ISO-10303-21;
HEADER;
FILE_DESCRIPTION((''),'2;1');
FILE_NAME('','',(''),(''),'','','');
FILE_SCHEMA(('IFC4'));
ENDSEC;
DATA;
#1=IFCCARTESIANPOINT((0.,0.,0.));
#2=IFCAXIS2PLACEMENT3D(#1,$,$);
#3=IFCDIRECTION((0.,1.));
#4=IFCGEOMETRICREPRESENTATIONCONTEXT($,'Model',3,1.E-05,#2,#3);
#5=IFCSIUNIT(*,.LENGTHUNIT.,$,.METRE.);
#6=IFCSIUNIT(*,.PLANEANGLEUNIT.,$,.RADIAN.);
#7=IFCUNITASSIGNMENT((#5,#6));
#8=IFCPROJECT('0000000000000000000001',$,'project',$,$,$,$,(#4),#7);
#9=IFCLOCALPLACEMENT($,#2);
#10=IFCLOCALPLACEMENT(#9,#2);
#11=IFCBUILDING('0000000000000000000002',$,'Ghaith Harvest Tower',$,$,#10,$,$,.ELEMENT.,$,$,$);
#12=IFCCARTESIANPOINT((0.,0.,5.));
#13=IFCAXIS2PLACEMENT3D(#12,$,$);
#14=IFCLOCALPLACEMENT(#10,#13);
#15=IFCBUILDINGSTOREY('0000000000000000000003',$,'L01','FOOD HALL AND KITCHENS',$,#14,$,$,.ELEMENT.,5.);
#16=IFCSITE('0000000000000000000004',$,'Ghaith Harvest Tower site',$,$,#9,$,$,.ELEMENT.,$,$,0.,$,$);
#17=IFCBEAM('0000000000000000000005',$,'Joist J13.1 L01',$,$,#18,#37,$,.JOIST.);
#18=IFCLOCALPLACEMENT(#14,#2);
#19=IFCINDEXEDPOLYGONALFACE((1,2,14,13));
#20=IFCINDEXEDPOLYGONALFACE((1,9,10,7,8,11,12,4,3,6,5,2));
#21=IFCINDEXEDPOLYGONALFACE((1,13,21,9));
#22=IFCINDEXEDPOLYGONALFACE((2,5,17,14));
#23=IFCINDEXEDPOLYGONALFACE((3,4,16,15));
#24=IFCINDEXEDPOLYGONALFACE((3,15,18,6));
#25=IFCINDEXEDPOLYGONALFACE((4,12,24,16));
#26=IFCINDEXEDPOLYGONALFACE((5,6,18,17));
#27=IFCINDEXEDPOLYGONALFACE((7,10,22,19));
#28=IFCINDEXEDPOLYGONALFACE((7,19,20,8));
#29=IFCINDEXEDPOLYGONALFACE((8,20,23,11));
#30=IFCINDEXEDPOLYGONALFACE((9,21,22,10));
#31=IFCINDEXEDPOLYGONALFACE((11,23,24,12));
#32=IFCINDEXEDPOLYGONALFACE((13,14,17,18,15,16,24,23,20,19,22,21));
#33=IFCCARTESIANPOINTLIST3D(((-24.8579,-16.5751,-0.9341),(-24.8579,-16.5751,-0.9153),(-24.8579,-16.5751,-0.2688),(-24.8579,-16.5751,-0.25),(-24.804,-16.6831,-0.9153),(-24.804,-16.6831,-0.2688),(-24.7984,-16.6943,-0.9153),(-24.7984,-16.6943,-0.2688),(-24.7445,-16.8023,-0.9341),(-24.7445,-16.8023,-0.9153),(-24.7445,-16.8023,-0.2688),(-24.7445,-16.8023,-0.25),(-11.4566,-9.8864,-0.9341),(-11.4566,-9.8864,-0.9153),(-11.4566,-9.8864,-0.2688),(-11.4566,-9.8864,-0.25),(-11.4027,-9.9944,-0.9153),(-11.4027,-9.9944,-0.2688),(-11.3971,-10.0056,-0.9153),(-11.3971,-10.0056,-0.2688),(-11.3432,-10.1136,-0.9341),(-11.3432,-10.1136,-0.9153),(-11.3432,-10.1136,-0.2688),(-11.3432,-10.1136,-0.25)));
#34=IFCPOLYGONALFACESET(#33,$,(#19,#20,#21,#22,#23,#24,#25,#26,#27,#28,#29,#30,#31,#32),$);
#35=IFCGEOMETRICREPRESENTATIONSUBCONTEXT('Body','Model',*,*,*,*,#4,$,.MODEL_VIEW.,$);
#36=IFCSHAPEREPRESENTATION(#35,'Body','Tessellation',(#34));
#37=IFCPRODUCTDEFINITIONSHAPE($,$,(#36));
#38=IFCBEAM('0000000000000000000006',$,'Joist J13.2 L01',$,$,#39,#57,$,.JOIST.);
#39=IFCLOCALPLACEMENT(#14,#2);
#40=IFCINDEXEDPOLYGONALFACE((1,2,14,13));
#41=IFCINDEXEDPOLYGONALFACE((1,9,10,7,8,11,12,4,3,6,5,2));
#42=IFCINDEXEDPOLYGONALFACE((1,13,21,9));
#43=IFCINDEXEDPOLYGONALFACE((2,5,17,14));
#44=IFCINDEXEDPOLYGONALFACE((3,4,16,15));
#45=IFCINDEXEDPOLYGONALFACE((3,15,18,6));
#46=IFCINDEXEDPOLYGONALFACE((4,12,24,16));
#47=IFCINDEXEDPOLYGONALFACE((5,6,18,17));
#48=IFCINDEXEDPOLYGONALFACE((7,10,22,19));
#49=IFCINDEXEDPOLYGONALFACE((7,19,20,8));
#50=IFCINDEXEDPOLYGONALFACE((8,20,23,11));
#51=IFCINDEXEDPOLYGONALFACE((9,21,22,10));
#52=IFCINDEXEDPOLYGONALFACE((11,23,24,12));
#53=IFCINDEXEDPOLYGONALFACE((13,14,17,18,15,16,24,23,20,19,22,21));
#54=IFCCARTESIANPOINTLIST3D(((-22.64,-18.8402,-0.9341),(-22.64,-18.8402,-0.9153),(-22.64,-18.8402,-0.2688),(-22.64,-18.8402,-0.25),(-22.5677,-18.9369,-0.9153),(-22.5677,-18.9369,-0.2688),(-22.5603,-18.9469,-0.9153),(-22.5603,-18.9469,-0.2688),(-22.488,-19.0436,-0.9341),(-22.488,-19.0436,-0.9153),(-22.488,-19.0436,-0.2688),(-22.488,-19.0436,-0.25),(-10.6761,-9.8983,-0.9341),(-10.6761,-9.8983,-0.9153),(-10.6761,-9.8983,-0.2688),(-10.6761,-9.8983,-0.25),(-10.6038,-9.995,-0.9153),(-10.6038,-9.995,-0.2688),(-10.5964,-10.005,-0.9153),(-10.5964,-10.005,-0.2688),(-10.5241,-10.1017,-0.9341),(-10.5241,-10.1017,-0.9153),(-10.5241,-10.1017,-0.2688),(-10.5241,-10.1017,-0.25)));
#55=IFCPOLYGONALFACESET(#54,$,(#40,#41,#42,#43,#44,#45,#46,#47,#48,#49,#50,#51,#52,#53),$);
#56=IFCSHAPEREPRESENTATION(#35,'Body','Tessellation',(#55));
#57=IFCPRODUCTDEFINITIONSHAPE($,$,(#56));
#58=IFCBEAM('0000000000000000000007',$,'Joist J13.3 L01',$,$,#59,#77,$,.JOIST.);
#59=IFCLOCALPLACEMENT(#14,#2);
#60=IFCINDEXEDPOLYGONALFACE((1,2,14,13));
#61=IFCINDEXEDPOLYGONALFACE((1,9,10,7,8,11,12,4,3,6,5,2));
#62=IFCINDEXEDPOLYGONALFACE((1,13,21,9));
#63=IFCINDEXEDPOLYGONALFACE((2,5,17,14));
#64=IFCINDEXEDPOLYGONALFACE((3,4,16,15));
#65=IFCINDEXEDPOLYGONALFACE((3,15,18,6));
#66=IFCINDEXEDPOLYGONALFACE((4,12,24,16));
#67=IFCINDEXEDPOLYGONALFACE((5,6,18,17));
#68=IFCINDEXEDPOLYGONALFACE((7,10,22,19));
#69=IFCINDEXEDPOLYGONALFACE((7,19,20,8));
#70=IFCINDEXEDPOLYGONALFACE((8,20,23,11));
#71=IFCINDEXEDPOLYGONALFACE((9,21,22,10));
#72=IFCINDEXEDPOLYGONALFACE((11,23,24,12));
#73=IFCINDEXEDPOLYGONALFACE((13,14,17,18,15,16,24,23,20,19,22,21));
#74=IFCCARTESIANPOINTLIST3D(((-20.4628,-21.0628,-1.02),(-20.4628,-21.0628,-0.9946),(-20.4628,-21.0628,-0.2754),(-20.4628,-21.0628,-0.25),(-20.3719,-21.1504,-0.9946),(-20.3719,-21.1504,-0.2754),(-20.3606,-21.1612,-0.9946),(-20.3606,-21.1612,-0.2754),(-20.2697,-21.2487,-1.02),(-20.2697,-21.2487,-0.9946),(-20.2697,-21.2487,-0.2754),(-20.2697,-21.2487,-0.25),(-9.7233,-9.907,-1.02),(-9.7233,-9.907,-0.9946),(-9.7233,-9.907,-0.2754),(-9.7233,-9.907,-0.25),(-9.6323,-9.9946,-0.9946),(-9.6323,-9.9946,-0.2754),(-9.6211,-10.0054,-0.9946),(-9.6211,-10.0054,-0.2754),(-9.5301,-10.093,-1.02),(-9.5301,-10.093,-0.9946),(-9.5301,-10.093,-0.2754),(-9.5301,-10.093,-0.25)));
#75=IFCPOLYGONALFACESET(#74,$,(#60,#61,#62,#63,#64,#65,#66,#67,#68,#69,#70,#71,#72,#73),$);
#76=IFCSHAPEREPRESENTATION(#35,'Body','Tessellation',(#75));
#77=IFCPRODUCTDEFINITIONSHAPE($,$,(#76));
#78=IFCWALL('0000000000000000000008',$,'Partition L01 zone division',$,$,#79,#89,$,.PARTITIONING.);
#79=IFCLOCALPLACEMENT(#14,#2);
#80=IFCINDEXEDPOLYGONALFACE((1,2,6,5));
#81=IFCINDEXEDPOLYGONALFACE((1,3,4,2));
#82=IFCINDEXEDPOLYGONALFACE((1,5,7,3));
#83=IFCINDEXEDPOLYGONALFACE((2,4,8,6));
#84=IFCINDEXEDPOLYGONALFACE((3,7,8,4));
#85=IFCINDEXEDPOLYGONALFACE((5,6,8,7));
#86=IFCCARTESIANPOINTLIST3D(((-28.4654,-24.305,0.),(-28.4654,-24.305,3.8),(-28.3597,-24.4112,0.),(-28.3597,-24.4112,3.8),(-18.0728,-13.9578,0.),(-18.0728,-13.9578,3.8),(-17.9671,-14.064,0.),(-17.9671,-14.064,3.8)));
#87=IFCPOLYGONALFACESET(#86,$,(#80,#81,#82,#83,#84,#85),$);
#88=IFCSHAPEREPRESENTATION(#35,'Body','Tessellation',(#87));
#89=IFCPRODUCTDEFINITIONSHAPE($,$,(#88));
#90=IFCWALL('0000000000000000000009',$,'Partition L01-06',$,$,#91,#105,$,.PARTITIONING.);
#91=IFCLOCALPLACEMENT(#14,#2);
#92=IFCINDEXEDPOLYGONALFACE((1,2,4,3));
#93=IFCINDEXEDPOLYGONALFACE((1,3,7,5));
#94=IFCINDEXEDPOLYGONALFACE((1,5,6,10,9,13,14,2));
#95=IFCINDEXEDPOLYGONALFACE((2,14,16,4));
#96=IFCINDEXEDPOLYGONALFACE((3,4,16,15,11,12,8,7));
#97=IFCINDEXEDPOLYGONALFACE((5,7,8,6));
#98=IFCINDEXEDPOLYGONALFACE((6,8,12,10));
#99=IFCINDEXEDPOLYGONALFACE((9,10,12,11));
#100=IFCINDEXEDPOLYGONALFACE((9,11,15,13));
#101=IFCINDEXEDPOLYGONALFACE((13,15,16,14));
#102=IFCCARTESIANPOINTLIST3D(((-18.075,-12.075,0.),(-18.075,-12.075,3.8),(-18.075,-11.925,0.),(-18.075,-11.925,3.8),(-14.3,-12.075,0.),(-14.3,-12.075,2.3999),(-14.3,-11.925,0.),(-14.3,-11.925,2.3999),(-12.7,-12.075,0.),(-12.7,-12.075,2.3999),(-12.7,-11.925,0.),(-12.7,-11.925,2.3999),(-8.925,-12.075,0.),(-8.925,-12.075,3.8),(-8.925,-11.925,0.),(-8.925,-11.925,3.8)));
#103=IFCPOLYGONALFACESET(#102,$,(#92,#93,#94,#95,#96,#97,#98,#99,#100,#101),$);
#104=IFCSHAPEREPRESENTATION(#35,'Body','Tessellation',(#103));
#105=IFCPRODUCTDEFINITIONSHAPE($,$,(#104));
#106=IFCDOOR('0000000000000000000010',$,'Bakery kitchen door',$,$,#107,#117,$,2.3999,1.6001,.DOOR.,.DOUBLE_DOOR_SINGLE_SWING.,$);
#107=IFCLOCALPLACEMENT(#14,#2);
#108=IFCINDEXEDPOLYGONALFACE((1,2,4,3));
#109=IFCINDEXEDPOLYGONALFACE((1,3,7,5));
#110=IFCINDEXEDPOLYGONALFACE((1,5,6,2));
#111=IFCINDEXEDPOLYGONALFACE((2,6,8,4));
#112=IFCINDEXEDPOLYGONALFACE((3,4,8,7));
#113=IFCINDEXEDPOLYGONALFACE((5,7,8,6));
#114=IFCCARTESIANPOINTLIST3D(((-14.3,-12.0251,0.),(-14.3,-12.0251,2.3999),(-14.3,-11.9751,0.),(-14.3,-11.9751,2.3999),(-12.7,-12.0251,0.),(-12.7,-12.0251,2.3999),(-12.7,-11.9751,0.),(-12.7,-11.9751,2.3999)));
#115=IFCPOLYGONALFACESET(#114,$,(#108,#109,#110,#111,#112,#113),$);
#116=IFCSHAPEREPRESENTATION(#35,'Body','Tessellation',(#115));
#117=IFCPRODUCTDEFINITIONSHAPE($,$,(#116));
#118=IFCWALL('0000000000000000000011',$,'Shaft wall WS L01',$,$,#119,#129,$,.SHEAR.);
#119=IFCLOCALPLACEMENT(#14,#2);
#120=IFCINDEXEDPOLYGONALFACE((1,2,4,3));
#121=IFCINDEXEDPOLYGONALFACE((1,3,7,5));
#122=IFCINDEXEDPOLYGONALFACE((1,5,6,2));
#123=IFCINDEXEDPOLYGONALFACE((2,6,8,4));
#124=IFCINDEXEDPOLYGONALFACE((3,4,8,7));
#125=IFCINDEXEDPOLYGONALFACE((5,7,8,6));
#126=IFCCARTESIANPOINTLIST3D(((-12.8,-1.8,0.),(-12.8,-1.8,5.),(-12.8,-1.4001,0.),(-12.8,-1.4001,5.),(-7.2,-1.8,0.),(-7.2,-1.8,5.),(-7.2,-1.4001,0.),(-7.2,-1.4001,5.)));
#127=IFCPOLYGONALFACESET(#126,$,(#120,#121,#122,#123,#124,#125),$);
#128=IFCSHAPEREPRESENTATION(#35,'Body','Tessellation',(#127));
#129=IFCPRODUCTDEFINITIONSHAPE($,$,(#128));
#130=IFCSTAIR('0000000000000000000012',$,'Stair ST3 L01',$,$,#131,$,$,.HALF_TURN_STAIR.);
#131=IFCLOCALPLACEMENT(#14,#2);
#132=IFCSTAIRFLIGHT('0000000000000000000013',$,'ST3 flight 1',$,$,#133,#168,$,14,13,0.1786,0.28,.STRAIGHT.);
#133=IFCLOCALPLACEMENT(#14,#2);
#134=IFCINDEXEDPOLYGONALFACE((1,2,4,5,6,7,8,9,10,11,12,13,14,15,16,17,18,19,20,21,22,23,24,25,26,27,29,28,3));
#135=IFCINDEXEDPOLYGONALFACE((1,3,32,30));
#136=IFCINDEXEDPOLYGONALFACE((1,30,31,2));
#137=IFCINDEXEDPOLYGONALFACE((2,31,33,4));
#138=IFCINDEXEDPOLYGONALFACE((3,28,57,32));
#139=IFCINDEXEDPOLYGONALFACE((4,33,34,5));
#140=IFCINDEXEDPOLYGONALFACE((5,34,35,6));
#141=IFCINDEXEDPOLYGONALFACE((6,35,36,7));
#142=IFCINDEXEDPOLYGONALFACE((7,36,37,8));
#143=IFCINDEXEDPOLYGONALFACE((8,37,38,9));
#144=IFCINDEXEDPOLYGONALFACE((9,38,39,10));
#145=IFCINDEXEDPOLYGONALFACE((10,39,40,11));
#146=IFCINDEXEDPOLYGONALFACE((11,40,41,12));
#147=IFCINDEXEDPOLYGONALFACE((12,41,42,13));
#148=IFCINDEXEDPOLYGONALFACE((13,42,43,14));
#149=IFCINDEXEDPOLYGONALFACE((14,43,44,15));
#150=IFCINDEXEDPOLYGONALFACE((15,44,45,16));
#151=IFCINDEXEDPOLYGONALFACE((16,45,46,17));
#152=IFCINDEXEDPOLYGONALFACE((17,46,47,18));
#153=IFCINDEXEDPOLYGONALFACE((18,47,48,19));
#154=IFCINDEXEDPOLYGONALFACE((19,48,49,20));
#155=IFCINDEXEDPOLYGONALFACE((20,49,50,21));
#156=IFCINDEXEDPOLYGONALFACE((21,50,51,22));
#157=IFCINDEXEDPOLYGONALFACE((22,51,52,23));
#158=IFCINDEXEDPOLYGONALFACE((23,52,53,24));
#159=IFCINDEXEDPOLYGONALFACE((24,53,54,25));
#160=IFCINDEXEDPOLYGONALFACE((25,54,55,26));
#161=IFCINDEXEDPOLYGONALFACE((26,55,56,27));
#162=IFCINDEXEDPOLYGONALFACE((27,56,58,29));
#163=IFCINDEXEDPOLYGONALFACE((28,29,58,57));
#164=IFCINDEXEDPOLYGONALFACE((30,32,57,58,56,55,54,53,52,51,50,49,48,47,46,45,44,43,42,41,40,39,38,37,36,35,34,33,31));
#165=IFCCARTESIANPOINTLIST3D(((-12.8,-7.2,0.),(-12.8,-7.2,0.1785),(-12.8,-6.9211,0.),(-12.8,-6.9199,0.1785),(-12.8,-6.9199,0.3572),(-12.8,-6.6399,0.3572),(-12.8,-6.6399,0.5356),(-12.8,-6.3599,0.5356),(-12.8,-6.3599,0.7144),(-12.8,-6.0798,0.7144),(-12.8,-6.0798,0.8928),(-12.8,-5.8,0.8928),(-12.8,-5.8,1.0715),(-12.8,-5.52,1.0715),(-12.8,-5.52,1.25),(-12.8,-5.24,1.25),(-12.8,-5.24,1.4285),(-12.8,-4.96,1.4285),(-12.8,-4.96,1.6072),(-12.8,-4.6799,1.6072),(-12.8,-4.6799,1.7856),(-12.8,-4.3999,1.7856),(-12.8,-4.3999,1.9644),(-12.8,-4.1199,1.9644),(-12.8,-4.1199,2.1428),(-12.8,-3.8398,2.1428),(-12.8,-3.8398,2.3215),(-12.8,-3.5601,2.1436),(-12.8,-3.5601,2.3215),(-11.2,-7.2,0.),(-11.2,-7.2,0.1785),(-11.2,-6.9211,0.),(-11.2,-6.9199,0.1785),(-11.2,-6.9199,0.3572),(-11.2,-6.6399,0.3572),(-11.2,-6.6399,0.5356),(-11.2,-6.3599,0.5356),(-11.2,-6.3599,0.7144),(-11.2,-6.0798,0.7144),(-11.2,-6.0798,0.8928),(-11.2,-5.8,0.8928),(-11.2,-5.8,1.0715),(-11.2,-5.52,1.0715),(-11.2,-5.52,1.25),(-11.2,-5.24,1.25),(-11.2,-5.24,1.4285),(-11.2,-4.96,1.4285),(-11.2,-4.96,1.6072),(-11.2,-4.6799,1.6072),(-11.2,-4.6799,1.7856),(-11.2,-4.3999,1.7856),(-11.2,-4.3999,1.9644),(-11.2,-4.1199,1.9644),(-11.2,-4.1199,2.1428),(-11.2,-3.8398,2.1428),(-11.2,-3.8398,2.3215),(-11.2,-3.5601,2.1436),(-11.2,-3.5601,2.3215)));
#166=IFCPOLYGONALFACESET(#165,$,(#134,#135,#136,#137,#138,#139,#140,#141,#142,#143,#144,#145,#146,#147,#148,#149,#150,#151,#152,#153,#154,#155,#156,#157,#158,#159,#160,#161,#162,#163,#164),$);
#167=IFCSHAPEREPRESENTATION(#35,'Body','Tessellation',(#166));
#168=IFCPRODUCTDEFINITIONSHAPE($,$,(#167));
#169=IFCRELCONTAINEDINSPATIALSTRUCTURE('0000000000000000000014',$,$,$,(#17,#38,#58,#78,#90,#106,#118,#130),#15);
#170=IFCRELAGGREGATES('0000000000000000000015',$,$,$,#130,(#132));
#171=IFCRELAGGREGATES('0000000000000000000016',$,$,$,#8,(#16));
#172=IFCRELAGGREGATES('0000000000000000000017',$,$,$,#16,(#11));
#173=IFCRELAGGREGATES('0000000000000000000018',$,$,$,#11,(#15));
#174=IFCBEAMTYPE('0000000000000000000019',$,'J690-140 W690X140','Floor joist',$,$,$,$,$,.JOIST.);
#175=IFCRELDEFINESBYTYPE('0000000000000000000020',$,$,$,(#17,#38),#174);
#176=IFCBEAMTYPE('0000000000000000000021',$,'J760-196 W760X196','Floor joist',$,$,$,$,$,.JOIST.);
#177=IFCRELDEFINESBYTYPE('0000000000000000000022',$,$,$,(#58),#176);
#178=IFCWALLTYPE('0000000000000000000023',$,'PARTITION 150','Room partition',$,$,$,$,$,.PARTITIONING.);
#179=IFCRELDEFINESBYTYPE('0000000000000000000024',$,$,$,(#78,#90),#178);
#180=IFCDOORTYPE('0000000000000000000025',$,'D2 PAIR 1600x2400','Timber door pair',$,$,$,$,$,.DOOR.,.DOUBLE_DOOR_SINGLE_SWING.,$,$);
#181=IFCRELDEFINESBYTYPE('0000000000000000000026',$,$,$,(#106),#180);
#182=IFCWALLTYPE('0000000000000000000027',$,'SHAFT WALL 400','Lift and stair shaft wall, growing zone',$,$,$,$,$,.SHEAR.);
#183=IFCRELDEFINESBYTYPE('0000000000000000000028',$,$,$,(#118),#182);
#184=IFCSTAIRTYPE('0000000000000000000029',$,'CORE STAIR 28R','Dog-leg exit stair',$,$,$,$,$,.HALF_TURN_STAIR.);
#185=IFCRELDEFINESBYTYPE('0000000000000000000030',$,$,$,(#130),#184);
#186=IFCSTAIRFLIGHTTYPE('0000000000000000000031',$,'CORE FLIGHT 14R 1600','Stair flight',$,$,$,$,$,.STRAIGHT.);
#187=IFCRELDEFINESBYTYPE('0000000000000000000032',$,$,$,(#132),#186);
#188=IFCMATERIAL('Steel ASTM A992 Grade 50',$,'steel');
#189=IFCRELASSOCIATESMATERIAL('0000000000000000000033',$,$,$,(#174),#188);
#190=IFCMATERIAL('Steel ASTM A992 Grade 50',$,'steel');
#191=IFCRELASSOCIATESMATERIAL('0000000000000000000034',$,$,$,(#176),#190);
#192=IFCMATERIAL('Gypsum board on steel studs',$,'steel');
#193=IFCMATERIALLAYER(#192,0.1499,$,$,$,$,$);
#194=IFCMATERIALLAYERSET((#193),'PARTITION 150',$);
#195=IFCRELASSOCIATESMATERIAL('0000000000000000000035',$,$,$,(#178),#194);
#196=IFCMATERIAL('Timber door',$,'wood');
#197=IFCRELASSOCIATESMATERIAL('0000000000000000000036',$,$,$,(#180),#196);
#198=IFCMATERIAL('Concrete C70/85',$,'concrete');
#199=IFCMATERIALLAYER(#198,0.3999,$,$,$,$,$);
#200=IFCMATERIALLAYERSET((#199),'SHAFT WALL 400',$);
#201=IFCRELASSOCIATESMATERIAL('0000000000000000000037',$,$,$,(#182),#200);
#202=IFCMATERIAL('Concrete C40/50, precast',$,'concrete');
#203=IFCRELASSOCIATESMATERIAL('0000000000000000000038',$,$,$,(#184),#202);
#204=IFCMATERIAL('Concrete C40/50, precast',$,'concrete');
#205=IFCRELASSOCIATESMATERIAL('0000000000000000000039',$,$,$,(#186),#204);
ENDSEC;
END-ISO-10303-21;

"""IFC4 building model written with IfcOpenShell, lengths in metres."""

from ifc_helpers import new_model, si_unit, direction, frame, frame_2d, origin, origin_2d, place, context, subcontext, project, spatial, polyline, rectangle, i_section, outline, extrude, material, layer, layer_set, material_profile, profile_set, type_object, element, fill, aggregate, save


model = new_model("IFC4")

# Units and contexts
model_context = context("Model", 3, precision=1e-05, world=origin(), true_north=direction((0.0, 1.0)))
body_context = subcontext(model_context, "Body", "Model", "MODEL_VIEW")
ifc_project = project(units=[si_unit("LENGTHUNIT", "METRE"), si_unit("PLANEANGLEUNIT", "RADIAN")], contexts=[model_context])

# Site, building, storey
site_placement = place(None, origin())
site = spatial("IfcSite", under=ifc_project, at=site_placement, Name="Ghaith Harvest Tower site", CompositionType="ELEMENT", RefElevation=0.0)
building_placement = place(site_placement, origin())
building = spatial("IfcBuilding", under=site, at=building_placement, Name="Ghaith Harvest Tower", CompositionType="ELEMENT")
storey_placement = place(building_placement, frame((0.0, 0.0, 5.0)))
storey = spatial("IfcBuildingStorey", under=building, at=storey_placement, Name="L01", Description="FOOD HALL AND KITCHENS", CompositionType="ELEMENT", Elevation=5.0)

# Beams
ifc_material_1 = material(Name="Steel ASTM A992 Grade 50", Category="steel")
ifc_material_profile_1 = material_profile(ifc_material_1, i_section(OverallWidth=0.2539, OverallDepth=0.6841, WebThickness=0.0125, FlangeThickness=0.0188, at=origin_2d()), Name="W690X140")
ifc_profile_set_1 = profile_set([ifc_material_profile_1], Name="Steel ASTM A992 Grade 50")
beam_type_1 = type_object("IfcBeamType", Name="J690-140 W690X140", Description="Floor joist", PredefinedType="JOIST", material=ifc_profile_set_1)
beam_1_placement = place(storey_placement, frame((-11.3999, -10.0, -0.592), z_axis=(-0.894746, -0.446575, 0.0), x_axis=(0.446575, -0.894746, 0.0)))
element("IfcBeam", 1, at=beam_1_placement, inside=storey, type_object=beam_type_1, Name="Joist J13.1 L01", PredefinedType="JOIST", context=body_context, shape_type="SweptSolid", body=[
    extrude(i_section(OverallWidth=0.2539, OverallDepth=0.6841, WebThickness=0.0125, FlangeThickness=0.0188, at=origin_2d()), origin(), (0.0, 0.0, 1.0), 14.9778),
])
beam_2_placement = place(storey_placement, frame((-10.6001, -10.0, -0.592), z_axis=(-0.800995, -0.598671, 0.0), x_axis=(0.598671, -0.800995, 0.0)))
element("IfcBeam", 2, at=beam_2_placement, inside=storey, type_object=beam_type_1, Name="Joist J13.2 L01", PredefinedType="JOIST", context=body_context, shape_type="SweptSolid", body=[
    extrude(i_section(OverallWidth=0.2539, OverallDepth=0.6841, WebThickness=0.0125, FlangeThickness=0.0188, at=origin_2d()), origin(), (0.0, 0.0, 1.0), 14.9363),
])
ifc_material_2 = material(Name="Steel ASTM A992 Grade 50", Category="steel")
ifc_material_profile_2 = material_profile(ifc_material_2, i_section(OverallWidth=0.2681, OverallDepth=0.77, WebThickness=0.0156, FlangeThickness=0.0254, at=origin_2d()), Name="W760X196")
ifc_profile_set_2 = profile_set([ifc_material_profile_2], Name="Steel ASTM A992 Grade 50")
beam_type_2 = type_object("IfcBeamType", Name="J760-196 W760X196", Description="Floor joist", PredefinedType="JOIST", material=ifc_profile_set_2)
beam_3_placement = place(storey_placement, frame((-9.6267, -10.0, -0.635), z_axis=(-0.693538, -0.72042, 0.0), x_axis=(0.72042, -0.693538, 0.0)))
element("IfcBeam", 3, at=beam_3_placement, inside=storey, type_object=beam_type_2, Name="Joist J13.3 L01", PredefinedType="JOIST", context=body_context, shape_type="SweptSolid", body=[
    extrude(i_section(OverallWidth=0.2681, OverallDepth=0.77, WebThickness=0.0156, FlangeThickness=0.0254, at=origin_2d()), origin(), (0.0, 0.0, 1.0), 15.4851),
])

# Wall
ifc_material_3 = material(Name="Gypsum board on steel studs", Category="steel")
ifc_layer_1 = layer(ifc_material_3, 0.1499)
ifc_layer_set_1 = layer_set([ifc_layer_1], Name="PARTITION 150")
wall_type_1 = type_object("IfcWallType", Name="PARTITION 150", Description="Room partition", PredefinedType="PARTITIONING", material=ifc_layer_set_1)
wall_1_placement = place(storey_placement, frame((-18.02, -14.011, 0.0), z_axis=(0.0, 0.0, 1.0), x_axis=(-0.708653, -0.705557, 0.0)))
element("IfcWall", 4, at=wall_1_placement, inside=storey, type_object=wall_type_1, Name="Partition L01 zone division", PredefinedType="PARTITIONING", context=body_context, shape_type="SweptSolid", body=[
    extrude(rectangle(XDim=14.6653, YDim=0.1499, at=frame_2d((7.3325, 0.0))), origin(), (0.0, 0.0, 1.0), 3.8),
])

# Wall, opening, door
wall_2_placement = place(storey_placement, frame((-18.075, -12.0, 0.0), z_axis=(0.0, 0.0, 1.0), x_axis=(1.0, 0.0, 0.0)))
wall_2 = element("IfcWall", 5, at=wall_2_placement, inside=storey, type_object=wall_type_1, Name="Partition L01-06", PredefinedType="PARTITIONING", context=body_context, shape_type="SweptSolid", body=[
    extrude(rectangle(XDim=9.1499, YDim=0.1499, at=frame_2d((4.575, 0.0))), origin(), (0.0, 0.0, 1.0), 3.8),
])
opening_1_placement = place(wall_2_placement, frame((3.7749, 0.0, 0.0)))
opening_1 = element("IfcOpeningElement", 6, at=opening_1_placement, cuts=wall_2, PredefinedType="OPENING", context=body_context, shape_type="SweptSolid", body=[
    extrude(rectangle(XDim=1.6001, YDim=2.3999, at=frame_2d((0.8, 1.2))), frame((0.0, 0.085, 0.0), z_axis=(0.0, -1.0, 0.0), x_axis=(1.0, 0.0, 0.0)), (0.0, 0.0, 1.0), 0.1699),
])
ifc_material_4 = material(Name="Timber door", Category="wood")
door_type_1 = type_object("IfcDoorType", Name="D2 PAIR 1600x2400", Description="Timber door pair", OperationType="DOUBLE_DOOR_SINGLE_SWING", PredefinedType="DOOR", material=ifc_material_4)
door_1_placement = place(opening_1_placement, origin())
door_1 = element("IfcDoor", 7, at=door_1_placement, inside=storey, type_object=door_type_1, Name="Bakery kitchen door", OperationType="DOUBLE_DOOR_SINGLE_SWING", OverallHeight=2.3999, OverallWidth=1.6001, PredefinedType="DOOR", context=body_context, shape_type="SweptSolid", body=[
    extrude(rectangle(XDim=1.6001, YDim=2.3999, at=frame_2d((0.8, 1.2))), frame((0.0, 0.0249, 0.0), z_axis=(0.0, -1.0, 0.0), x_axis=(1.0, 0.0, 0.0)), (0.0, 0.0, 1.0), 0.05),
])
fill(opening_1, door_1)

# Wall
ifc_material_5 = material(Name="Concrete C70/85", Category="concrete")
ifc_layer_2 = layer(ifc_material_5, 0.3999)
ifc_layer_set_2 = layer_set([ifc_layer_2], Name="SHAFT WALL 400")
wall_type_2 = type_object("IfcWallType", Name="SHAFT WALL 400", Description="Lift and stair shaft wall, growing zone", PredefinedType="SHEAR", material=ifc_layer_set_2)
wall_3_placement = place(storey_placement, frame((-12.8, -1.6001, 0.0), z_axis=(0.0, 0.0, 1.0), x_axis=(1.0, 0.0, 0.0)))
element("IfcWall", 8, at=wall_3_placement, inside=storey, type_object=wall_type_2, Name="Shaft wall WS L01", PredefinedType="SHEAR", context=body_context, shape_type="SweptSolid", body=[
    extrude(rectangle(XDim=5.6001, YDim=0.3999, at=frame_2d((2.8, 0.0))), origin(), (0.0, 0.0, 1.0), 5.0),
])

# Stair, stair flight
ifc_material_6 = material(Name="Concrete C40/50, precast", Category="concrete")
stair_type = type_object("IfcStairType", Name="CORE STAIR 28R", Description="Dog-leg exit stair", PredefinedType="HALF_TURN_STAIR", material=ifc_material_6)
stair_placement = place(storey_placement, origin())
stair = element("IfcStair", 9, at=stair_placement, inside=storey, type_object=stair_type, Name="Stair ST3 L01", PredefinedType="HALF_TURN_STAIR")
ifc_material_7 = material(Name="Concrete C40/50, precast", Category="concrete")
stair_flight_type = type_object("IfcStairFlightType", Name="CORE FLIGHT 14R 1600", Description="Stair flight", PredefinedType="STRAIGHT", material=ifc_material_7)
stair_flight_1_placement = place(storey_placement, frame((-12.0, -7.2, 0.0), z_axis=(0.0, 0.0, 1.0), x_axis=(0.0, 1.0, 0.0)))
stair_flight_1 = element("IfcStairFlight", 10, at=stair_flight_1_placement, type_object=stair_flight_type, Name="ST3 flight 1", NumberOfRisers=14, NumberOfTreads=13, PredefinedType="STRAIGHT", RiserHeight=0.1786, TreadLength=0.28, context=body_context, shape_type="SweptSolid", body=[
    extrude(outline(polyline([(0.0, 0.0), (0.0, 0.1785), (0.28, 0.1785), (0.28, 0.3572), (0.5601, 0.3572), (0.5601, 0.5356), (0.8401, 0.5356), (0.8401, 0.7144), (1.1201, 0.7144), (1.1201, 0.8928), (1.3999, 0.8928), (1.3999, 1.0715), (1.6799, 1.0715), (1.6799, 1.25), (1.96, 1.25), (1.96, 1.4285), (2.24, 1.4285), (2.24, 1.6072), (2.52, 1.6072), (2.52, 1.7856), (2.8, 1.7856), (2.8, 1.9644), (3.0801, 1.9644), (3.0801, 2.1428), (3.3601, 2.1428), (3.3601, 2.3215), (3.6399, 2.3215), (3.6399, 2.5), (3.6399, 2.1436), (0.2788, 0.0), (0.0, 0.0)])), frame((0.0, 0.8, 0.0), z_axis=(0.0, -1.0, 0.0), x_axis=(1.0, 0.0, 0.0)), (0.0, 0.0, 1.0), 1.6001),
])
aggregate(stair, [stair_flight_1])

save(model, "model.ifc")
